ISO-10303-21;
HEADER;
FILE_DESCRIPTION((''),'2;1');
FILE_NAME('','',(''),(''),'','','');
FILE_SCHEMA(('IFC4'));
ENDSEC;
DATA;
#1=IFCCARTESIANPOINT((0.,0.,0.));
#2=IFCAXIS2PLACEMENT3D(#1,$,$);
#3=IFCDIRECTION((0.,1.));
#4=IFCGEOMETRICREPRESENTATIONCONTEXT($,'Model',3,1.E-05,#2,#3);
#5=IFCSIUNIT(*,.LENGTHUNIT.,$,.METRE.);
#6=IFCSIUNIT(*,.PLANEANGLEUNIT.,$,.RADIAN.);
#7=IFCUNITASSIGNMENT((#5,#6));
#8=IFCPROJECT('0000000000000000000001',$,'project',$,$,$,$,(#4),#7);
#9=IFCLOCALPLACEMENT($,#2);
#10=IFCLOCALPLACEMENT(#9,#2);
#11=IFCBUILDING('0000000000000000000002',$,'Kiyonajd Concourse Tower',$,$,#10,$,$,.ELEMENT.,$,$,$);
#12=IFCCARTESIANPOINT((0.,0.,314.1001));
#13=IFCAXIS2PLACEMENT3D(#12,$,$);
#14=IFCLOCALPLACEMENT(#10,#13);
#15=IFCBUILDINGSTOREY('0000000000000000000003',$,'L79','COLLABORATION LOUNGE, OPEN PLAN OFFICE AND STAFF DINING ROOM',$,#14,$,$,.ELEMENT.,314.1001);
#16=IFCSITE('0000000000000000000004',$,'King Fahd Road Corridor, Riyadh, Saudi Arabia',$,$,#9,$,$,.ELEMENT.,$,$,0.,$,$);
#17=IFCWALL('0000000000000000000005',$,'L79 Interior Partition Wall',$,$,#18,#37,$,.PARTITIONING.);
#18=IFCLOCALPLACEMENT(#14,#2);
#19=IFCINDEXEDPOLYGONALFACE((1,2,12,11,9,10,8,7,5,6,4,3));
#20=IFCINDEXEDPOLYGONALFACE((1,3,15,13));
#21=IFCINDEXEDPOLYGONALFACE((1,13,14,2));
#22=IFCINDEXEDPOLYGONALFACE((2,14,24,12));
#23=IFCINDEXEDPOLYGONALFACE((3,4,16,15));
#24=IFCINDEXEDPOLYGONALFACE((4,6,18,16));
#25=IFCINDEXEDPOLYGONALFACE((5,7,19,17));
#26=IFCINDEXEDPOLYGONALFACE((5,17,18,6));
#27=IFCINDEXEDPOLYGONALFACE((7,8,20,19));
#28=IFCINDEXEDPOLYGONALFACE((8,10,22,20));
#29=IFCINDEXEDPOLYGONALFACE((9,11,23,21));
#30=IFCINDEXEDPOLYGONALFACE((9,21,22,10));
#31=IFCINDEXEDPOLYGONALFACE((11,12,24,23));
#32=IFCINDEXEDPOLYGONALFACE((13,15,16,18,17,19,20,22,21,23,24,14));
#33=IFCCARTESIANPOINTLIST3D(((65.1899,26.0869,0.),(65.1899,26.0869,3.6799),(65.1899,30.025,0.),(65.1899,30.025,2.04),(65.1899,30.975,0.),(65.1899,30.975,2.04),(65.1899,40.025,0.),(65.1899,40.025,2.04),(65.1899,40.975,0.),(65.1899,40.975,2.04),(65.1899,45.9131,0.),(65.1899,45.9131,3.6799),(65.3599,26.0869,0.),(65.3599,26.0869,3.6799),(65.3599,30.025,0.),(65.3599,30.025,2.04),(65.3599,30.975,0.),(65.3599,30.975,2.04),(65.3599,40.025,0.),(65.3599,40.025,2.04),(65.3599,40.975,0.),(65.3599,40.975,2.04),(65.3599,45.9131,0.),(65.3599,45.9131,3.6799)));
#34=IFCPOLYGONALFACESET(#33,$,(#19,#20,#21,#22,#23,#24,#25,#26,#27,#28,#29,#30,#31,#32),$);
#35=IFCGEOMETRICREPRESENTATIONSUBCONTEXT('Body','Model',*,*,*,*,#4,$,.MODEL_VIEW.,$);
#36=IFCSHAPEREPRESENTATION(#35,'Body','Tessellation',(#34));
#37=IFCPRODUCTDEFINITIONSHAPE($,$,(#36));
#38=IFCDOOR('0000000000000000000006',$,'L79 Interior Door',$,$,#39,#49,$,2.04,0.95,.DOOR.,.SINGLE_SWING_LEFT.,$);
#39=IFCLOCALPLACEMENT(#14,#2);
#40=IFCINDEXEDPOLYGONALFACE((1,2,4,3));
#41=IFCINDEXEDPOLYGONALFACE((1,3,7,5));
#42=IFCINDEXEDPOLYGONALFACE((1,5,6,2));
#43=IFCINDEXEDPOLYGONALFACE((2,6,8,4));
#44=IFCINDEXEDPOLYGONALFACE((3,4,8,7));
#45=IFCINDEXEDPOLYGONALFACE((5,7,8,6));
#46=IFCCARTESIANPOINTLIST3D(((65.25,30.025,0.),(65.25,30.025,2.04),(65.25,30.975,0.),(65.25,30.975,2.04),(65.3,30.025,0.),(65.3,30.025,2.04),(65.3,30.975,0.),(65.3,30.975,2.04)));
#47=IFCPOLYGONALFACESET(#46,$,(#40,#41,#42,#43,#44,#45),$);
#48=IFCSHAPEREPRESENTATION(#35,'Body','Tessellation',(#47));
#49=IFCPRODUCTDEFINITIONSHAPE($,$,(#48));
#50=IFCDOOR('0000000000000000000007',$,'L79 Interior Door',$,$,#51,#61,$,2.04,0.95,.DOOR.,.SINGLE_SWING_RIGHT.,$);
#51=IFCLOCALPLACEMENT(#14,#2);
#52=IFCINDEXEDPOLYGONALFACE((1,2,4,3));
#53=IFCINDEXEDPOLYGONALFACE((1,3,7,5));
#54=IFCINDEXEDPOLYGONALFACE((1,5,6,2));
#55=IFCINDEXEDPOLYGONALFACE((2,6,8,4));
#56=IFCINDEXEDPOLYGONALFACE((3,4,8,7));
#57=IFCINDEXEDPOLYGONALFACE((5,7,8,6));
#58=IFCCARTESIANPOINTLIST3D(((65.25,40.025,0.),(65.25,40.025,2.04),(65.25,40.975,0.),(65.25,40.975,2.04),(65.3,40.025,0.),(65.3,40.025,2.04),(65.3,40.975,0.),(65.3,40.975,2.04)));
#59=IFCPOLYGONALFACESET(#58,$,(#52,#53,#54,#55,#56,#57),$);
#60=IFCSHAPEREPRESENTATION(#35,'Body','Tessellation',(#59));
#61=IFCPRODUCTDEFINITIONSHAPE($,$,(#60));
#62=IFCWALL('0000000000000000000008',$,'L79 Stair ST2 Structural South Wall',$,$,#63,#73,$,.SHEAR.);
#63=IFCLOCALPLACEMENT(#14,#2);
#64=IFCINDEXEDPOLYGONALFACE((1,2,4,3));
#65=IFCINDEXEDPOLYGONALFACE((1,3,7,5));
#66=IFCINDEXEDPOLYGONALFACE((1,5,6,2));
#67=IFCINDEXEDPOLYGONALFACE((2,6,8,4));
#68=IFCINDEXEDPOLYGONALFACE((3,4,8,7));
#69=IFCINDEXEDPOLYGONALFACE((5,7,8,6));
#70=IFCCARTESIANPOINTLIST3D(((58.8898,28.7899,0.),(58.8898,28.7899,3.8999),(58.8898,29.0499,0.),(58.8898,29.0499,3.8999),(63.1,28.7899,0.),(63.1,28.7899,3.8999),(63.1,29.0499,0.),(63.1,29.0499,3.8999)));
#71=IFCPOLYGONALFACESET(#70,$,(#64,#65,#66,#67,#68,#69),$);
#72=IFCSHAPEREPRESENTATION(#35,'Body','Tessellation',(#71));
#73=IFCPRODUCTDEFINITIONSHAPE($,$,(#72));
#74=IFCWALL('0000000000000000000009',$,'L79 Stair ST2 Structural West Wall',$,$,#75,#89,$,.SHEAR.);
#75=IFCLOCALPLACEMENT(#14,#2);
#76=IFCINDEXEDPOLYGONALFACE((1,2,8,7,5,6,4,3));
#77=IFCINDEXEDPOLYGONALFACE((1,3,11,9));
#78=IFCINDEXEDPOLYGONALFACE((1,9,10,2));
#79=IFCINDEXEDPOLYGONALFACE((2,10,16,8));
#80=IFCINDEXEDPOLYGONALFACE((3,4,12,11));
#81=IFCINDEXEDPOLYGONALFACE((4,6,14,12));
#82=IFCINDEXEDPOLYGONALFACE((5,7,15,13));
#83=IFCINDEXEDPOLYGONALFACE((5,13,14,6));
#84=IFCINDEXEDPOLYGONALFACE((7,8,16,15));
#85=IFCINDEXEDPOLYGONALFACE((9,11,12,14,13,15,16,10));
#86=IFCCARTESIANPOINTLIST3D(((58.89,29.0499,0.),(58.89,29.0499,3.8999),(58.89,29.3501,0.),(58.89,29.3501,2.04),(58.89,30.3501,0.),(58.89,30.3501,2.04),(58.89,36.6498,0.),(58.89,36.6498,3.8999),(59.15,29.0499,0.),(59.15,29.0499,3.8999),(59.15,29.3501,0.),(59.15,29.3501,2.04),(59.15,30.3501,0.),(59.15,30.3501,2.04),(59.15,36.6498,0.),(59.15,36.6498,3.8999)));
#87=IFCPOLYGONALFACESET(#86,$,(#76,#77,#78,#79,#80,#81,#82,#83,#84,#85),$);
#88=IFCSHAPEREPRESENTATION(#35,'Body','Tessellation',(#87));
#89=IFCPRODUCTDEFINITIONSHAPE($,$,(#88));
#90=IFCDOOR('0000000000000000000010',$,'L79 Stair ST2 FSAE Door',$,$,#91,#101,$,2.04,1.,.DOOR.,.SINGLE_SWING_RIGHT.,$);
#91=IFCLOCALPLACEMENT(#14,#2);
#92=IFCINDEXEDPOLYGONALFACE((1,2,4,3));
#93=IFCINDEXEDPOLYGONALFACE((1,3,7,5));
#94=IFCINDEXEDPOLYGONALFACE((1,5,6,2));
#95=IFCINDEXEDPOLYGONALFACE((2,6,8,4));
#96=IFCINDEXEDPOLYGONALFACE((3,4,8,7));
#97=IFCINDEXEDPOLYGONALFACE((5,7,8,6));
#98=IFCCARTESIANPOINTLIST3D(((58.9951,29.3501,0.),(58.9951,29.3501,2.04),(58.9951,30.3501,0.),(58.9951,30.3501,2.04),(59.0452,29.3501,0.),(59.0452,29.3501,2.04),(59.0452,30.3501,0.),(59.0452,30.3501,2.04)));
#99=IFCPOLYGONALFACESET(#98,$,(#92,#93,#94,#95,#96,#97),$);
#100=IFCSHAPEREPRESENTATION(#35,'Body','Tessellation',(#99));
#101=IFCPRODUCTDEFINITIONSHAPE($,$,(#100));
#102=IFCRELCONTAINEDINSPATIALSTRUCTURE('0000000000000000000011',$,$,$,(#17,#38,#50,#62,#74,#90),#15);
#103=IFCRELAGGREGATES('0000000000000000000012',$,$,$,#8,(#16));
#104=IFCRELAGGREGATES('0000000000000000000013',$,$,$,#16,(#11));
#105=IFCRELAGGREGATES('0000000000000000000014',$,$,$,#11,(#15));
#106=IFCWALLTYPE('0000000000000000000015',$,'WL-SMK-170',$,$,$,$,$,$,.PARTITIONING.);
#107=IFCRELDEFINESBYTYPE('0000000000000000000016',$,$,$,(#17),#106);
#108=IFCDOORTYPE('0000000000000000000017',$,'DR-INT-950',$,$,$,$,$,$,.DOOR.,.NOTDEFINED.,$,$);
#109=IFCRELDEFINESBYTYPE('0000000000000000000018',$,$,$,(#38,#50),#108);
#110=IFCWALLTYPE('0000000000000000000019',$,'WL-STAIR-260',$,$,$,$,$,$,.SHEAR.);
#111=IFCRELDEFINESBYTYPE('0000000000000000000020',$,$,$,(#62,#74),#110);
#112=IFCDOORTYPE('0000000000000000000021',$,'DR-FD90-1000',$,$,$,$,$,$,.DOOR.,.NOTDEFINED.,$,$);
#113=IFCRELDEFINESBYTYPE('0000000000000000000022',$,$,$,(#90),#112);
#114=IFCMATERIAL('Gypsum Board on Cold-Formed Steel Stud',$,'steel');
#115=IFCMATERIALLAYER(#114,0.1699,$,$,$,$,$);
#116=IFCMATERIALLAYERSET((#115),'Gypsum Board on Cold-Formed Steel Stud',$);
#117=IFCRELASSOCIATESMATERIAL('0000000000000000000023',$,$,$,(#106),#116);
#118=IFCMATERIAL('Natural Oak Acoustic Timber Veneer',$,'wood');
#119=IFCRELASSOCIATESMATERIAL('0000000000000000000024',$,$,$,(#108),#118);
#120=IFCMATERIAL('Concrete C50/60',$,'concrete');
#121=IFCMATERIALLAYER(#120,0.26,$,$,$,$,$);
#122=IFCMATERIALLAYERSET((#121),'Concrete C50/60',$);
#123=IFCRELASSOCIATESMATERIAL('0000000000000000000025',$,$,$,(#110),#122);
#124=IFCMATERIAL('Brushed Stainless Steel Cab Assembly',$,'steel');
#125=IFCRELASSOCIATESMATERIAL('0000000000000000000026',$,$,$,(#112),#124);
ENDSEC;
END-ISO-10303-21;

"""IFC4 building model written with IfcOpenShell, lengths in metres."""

from ifc_helpers import new_model, si_unit, direction, frame, frame_2d, origin, place, context, subcontext, project, spatial, rectangle, extrude, material, layer, layer_set, type_object, element, fill, save


model = new_model("IFC4")

# Units and contexts
model_context = context("Model", 3, precision=1e-05, world=origin(), true_north=direction((0.0, 1.0)))
body_context = subcontext(model_context, "Body", "Model", "MODEL_VIEW")
ifc_project = project(units=[si_unit("LENGTHUNIT", "METRE"), si_unit("PLANEANGLEUNIT", "RADIAN")], contexts=[model_context])

# Site, building, storey
site_placement = place(None, origin())
site = spatial("IfcSite", under=ifc_project, at=site_placement, Name="King Fahd Road Corridor, Riyadh, Saudi Arabia", CompositionType="ELEMENT", RefElevation=0.0)
building_placement = place(site_placement, origin())
building = spatial("IfcBuilding", under=site, at=building_placement, Name="Kiyonajd Concourse Tower", CompositionType="ELEMENT")
storey_placement = place(building_placement, frame((0.0, 0.0, 314.1001)))
storey = spatial("IfcBuildingStorey", under=building, at=storey_placement, Name="L79", Description="COLLABORATION LOUNGE, OPEN PLAN OFFICE AND STAFF DINING ROOM", CompositionType="ELEMENT", Elevation=314.1001)

# Shared definitions
ifc_material_1 = material(Name="Gypsum Board on Cold-Formed Steel Stud", Category="steel")

# Wall, openings, doors
ifc_layer_1 = layer(ifc_material_1, 0.1699)
ifc_layer_set_1 = layer_set([ifc_layer_1], Name="Gypsum Board on Cold-Formed Steel Stud")
wall_type_1 = type_object("IfcWallType", Name="WL-SMK-170", PredefinedType="PARTITIONING", material=ifc_layer_set_1)
wall_1_placement = place(storey_placement, frame((65.2749, 26.0869, 0.0), z_axis=(0.0, 0.0, 1.0), x_axis=(0.0, 1.0, 0.0)))
wall_1 = element("IfcWall", 1, at=wall_1_placement, inside=storey, type_object=wall_type_1, Name="L79 Interior Partition Wall", PredefinedType="PARTITIONING", context=body_context, shape_type="SweptSolid", body=[
    extrude(rectangle(XDim=19.8262, YDim=0.1699, at=frame_2d((9.9131, 0.0))), origin(), (0.0, 0.0, 1.0), 3.6799),
])
opening_1_placement = place(wall_1_placement, frame((3.938, 0.0, 0.0)))
opening_1 = element("IfcOpeningElement", 2, at=opening_1_placement, cuts=wall_1, PredefinedType="OPENING", context=body_context, shape_type="SweptSolid", body=[
    extrude(rectangle(XDim=0.95, YDim=2.04, at=frame_2d((0.4751, 1.02))), frame((0.0, 0.095, 0.0), z_axis=(0.0, -1.0, 0.0), x_axis=(1.0, 0.0, 0.0)), (0.0, 0.0, 1.0), 0.1899),
])
opening_2_placement = place(wall_1_placement, frame((13.938, 0.0, 0.0)))
opening_2 = element("IfcOpeningElement", 3, at=opening_2_placement, cuts=wall_1, PredefinedType="OPENING", context=body_context, shape_type="SweptSolid", body=[
    extrude(rectangle(XDim=0.95, YDim=2.04, at=frame_2d((0.4751, 1.02))), frame((0.0, 0.095, 0.0), z_axis=(0.0, -1.0, 0.0), x_axis=(1.0, 0.0, 0.0)), (0.0, 0.0, 1.0), 0.1899),
])
ifc_material_2 = material(Name="Natural Oak Acoustic Timber Veneer", Category="wood")
door_type_1 = type_object("IfcDoorType", Name="DR-INT-950", OperationType="NOTDEFINED", PredefinedType="DOOR", material=ifc_material_2)
door_1_placement = place(opening_1_placement, origin())
door_1 = element("IfcDoor", 4, at=door_1_placement, inside=storey, type_object=door_type_1, Name="L79 Interior Door", OperationType="SINGLE_SWING_LEFT", OverallHeight=2.04, OverallWidth=0.95, PredefinedType="DOOR", context=body_context, shape_type="SweptSolid", body=[
    extrude(rectangle(XDim=0.95, YDim=2.04, at=frame_2d((0.4751, 1.02))), frame((0.0, 0.0249, 0.0), z_axis=(0.0, -1.0, 0.0), x_axis=(1.0, 0.0, 0.0)), (0.0, 0.0, 1.0), 0.05),
])
fill(opening_1, door_1)
door_2_placement = place(opening_2_placement, origin())
door_2 = element("IfcDoor", 5, at=door_2_placement, inside=storey, type_object=door_type_1, Name="L79 Interior Door", OperationType="SINGLE_SWING_RIGHT", OverallHeight=2.04, OverallWidth=0.95, PredefinedType="DOOR", context=body_context, shape_type="SweptSolid", body=[
    extrude(rectangle(XDim=0.95, YDim=2.04, at=frame_2d((0.4751, 1.02))), frame((0.0, 0.0249, 0.0), z_axis=(0.0, -1.0, 0.0), x_axis=(1.0, 0.0, 0.0)), (0.0, 0.0, 1.0), 0.05),
])
fill(opening_2, door_2)

# Wall
ifc_material_3 = material(Name="Concrete C50/60", Category="concrete")
ifc_layer_2 = layer(ifc_material_3, 0.26)
ifc_layer_set_2 = layer_set([ifc_layer_2], Name="Concrete C50/60")
wall_type_2 = type_object("IfcWallType", Name="WL-STAIR-260", PredefinedType="SHEAR", material=ifc_layer_set_2)
wall_2_placement = place(storey_placement, frame((58.8899, 28.9199, 0.0), z_axis=(0.0, 0.0, 1.0), x_axis=(1.0, 0.0, 0.0)))
element("IfcWall", 6, at=wall_2_placement, inside=storey, type_object=wall_type_2, Name="L79 Stair ST2 Structural South Wall", PredefinedType="SHEAR", context=body_context, shape_type="SweptSolid", body=[
    extrude(rectangle(XDim=4.2102, YDim=0.26, at=frame_2d((2.105, 0.0))), origin(), (0.0, 0.0, 1.0), 3.8999),
])

# Wall, opening, door
wall_3_placement = place(storey_placement, frame((59.02, 29.05, 0.0), z_axis=(0.0, 0.0, 1.0), x_axis=(0.0, 1.0, 0.0)))
wall_3 = element("IfcWall", 7, at=wall_3_placement, inside=storey, type_object=wall_type_2, Name="L79 Stair ST2 Structural West Wall", PredefinedType="SHEAR", context=body_context, shape_type="SweptSolid", body=[
    extrude(rectangle(XDim=7.5999, YDim=0.26, at=frame_2d((3.7998, 0.0))), origin(), (0.0, 0.0, 1.0), 3.8999),
])
opening_3_placement = place(wall_3_placement, frame((0.3, 0.0, 0.0)))
opening_3 = element("IfcOpeningElement", 8, at=opening_3_placement, cuts=wall_3, PredefinedType="OPENING", context=body_context, shape_type="SweptSolid", body=[
    extrude(rectangle(XDim=1.0, YDim=2.04, at=frame_2d((0.5, 1.02))), frame((0.0, 0.1399, 0.0), z_axis=(0.0, -1.0, 0.0), x_axis=(1.0, 0.0, 0.0)), (0.0, 0.0, 1.0), 0.28),
])
ifc_material_4 = material(Name="Brushed Stainless Steel Cab Assembly", Category="steel")
door_type_2 = type_object("IfcDoorType", Name="DR-FD90-1000", OperationType="NOTDEFINED", PredefinedType="DOOR", material=ifc_material_4)
door_3_placement = place(opening_3_placement, origin())
door_3 = element("IfcDoor", 9, at=door_3_placement, inside=storey, type_object=door_type_2, Name="L79 Stair ST2 FSAE Door", OperationType="SINGLE_SWING_RIGHT", OverallHeight=2.04, OverallWidth=1.0, PredefinedType="DOOR", context=body_context, shape_type="SweptSolid", body=[
    extrude(rectangle(XDim=1.0, YDim=2.04, at=frame_2d((0.5, 1.02))), frame((0.0, 0.0249, 0.0), z_axis=(0.0, -1.0, 0.0), x_axis=(1.0, 0.0, 0.0)), (0.0, 0.0, 1.0), 0.05),
])
fill(opening_3, door_3)

save(model, "model.ifc")
